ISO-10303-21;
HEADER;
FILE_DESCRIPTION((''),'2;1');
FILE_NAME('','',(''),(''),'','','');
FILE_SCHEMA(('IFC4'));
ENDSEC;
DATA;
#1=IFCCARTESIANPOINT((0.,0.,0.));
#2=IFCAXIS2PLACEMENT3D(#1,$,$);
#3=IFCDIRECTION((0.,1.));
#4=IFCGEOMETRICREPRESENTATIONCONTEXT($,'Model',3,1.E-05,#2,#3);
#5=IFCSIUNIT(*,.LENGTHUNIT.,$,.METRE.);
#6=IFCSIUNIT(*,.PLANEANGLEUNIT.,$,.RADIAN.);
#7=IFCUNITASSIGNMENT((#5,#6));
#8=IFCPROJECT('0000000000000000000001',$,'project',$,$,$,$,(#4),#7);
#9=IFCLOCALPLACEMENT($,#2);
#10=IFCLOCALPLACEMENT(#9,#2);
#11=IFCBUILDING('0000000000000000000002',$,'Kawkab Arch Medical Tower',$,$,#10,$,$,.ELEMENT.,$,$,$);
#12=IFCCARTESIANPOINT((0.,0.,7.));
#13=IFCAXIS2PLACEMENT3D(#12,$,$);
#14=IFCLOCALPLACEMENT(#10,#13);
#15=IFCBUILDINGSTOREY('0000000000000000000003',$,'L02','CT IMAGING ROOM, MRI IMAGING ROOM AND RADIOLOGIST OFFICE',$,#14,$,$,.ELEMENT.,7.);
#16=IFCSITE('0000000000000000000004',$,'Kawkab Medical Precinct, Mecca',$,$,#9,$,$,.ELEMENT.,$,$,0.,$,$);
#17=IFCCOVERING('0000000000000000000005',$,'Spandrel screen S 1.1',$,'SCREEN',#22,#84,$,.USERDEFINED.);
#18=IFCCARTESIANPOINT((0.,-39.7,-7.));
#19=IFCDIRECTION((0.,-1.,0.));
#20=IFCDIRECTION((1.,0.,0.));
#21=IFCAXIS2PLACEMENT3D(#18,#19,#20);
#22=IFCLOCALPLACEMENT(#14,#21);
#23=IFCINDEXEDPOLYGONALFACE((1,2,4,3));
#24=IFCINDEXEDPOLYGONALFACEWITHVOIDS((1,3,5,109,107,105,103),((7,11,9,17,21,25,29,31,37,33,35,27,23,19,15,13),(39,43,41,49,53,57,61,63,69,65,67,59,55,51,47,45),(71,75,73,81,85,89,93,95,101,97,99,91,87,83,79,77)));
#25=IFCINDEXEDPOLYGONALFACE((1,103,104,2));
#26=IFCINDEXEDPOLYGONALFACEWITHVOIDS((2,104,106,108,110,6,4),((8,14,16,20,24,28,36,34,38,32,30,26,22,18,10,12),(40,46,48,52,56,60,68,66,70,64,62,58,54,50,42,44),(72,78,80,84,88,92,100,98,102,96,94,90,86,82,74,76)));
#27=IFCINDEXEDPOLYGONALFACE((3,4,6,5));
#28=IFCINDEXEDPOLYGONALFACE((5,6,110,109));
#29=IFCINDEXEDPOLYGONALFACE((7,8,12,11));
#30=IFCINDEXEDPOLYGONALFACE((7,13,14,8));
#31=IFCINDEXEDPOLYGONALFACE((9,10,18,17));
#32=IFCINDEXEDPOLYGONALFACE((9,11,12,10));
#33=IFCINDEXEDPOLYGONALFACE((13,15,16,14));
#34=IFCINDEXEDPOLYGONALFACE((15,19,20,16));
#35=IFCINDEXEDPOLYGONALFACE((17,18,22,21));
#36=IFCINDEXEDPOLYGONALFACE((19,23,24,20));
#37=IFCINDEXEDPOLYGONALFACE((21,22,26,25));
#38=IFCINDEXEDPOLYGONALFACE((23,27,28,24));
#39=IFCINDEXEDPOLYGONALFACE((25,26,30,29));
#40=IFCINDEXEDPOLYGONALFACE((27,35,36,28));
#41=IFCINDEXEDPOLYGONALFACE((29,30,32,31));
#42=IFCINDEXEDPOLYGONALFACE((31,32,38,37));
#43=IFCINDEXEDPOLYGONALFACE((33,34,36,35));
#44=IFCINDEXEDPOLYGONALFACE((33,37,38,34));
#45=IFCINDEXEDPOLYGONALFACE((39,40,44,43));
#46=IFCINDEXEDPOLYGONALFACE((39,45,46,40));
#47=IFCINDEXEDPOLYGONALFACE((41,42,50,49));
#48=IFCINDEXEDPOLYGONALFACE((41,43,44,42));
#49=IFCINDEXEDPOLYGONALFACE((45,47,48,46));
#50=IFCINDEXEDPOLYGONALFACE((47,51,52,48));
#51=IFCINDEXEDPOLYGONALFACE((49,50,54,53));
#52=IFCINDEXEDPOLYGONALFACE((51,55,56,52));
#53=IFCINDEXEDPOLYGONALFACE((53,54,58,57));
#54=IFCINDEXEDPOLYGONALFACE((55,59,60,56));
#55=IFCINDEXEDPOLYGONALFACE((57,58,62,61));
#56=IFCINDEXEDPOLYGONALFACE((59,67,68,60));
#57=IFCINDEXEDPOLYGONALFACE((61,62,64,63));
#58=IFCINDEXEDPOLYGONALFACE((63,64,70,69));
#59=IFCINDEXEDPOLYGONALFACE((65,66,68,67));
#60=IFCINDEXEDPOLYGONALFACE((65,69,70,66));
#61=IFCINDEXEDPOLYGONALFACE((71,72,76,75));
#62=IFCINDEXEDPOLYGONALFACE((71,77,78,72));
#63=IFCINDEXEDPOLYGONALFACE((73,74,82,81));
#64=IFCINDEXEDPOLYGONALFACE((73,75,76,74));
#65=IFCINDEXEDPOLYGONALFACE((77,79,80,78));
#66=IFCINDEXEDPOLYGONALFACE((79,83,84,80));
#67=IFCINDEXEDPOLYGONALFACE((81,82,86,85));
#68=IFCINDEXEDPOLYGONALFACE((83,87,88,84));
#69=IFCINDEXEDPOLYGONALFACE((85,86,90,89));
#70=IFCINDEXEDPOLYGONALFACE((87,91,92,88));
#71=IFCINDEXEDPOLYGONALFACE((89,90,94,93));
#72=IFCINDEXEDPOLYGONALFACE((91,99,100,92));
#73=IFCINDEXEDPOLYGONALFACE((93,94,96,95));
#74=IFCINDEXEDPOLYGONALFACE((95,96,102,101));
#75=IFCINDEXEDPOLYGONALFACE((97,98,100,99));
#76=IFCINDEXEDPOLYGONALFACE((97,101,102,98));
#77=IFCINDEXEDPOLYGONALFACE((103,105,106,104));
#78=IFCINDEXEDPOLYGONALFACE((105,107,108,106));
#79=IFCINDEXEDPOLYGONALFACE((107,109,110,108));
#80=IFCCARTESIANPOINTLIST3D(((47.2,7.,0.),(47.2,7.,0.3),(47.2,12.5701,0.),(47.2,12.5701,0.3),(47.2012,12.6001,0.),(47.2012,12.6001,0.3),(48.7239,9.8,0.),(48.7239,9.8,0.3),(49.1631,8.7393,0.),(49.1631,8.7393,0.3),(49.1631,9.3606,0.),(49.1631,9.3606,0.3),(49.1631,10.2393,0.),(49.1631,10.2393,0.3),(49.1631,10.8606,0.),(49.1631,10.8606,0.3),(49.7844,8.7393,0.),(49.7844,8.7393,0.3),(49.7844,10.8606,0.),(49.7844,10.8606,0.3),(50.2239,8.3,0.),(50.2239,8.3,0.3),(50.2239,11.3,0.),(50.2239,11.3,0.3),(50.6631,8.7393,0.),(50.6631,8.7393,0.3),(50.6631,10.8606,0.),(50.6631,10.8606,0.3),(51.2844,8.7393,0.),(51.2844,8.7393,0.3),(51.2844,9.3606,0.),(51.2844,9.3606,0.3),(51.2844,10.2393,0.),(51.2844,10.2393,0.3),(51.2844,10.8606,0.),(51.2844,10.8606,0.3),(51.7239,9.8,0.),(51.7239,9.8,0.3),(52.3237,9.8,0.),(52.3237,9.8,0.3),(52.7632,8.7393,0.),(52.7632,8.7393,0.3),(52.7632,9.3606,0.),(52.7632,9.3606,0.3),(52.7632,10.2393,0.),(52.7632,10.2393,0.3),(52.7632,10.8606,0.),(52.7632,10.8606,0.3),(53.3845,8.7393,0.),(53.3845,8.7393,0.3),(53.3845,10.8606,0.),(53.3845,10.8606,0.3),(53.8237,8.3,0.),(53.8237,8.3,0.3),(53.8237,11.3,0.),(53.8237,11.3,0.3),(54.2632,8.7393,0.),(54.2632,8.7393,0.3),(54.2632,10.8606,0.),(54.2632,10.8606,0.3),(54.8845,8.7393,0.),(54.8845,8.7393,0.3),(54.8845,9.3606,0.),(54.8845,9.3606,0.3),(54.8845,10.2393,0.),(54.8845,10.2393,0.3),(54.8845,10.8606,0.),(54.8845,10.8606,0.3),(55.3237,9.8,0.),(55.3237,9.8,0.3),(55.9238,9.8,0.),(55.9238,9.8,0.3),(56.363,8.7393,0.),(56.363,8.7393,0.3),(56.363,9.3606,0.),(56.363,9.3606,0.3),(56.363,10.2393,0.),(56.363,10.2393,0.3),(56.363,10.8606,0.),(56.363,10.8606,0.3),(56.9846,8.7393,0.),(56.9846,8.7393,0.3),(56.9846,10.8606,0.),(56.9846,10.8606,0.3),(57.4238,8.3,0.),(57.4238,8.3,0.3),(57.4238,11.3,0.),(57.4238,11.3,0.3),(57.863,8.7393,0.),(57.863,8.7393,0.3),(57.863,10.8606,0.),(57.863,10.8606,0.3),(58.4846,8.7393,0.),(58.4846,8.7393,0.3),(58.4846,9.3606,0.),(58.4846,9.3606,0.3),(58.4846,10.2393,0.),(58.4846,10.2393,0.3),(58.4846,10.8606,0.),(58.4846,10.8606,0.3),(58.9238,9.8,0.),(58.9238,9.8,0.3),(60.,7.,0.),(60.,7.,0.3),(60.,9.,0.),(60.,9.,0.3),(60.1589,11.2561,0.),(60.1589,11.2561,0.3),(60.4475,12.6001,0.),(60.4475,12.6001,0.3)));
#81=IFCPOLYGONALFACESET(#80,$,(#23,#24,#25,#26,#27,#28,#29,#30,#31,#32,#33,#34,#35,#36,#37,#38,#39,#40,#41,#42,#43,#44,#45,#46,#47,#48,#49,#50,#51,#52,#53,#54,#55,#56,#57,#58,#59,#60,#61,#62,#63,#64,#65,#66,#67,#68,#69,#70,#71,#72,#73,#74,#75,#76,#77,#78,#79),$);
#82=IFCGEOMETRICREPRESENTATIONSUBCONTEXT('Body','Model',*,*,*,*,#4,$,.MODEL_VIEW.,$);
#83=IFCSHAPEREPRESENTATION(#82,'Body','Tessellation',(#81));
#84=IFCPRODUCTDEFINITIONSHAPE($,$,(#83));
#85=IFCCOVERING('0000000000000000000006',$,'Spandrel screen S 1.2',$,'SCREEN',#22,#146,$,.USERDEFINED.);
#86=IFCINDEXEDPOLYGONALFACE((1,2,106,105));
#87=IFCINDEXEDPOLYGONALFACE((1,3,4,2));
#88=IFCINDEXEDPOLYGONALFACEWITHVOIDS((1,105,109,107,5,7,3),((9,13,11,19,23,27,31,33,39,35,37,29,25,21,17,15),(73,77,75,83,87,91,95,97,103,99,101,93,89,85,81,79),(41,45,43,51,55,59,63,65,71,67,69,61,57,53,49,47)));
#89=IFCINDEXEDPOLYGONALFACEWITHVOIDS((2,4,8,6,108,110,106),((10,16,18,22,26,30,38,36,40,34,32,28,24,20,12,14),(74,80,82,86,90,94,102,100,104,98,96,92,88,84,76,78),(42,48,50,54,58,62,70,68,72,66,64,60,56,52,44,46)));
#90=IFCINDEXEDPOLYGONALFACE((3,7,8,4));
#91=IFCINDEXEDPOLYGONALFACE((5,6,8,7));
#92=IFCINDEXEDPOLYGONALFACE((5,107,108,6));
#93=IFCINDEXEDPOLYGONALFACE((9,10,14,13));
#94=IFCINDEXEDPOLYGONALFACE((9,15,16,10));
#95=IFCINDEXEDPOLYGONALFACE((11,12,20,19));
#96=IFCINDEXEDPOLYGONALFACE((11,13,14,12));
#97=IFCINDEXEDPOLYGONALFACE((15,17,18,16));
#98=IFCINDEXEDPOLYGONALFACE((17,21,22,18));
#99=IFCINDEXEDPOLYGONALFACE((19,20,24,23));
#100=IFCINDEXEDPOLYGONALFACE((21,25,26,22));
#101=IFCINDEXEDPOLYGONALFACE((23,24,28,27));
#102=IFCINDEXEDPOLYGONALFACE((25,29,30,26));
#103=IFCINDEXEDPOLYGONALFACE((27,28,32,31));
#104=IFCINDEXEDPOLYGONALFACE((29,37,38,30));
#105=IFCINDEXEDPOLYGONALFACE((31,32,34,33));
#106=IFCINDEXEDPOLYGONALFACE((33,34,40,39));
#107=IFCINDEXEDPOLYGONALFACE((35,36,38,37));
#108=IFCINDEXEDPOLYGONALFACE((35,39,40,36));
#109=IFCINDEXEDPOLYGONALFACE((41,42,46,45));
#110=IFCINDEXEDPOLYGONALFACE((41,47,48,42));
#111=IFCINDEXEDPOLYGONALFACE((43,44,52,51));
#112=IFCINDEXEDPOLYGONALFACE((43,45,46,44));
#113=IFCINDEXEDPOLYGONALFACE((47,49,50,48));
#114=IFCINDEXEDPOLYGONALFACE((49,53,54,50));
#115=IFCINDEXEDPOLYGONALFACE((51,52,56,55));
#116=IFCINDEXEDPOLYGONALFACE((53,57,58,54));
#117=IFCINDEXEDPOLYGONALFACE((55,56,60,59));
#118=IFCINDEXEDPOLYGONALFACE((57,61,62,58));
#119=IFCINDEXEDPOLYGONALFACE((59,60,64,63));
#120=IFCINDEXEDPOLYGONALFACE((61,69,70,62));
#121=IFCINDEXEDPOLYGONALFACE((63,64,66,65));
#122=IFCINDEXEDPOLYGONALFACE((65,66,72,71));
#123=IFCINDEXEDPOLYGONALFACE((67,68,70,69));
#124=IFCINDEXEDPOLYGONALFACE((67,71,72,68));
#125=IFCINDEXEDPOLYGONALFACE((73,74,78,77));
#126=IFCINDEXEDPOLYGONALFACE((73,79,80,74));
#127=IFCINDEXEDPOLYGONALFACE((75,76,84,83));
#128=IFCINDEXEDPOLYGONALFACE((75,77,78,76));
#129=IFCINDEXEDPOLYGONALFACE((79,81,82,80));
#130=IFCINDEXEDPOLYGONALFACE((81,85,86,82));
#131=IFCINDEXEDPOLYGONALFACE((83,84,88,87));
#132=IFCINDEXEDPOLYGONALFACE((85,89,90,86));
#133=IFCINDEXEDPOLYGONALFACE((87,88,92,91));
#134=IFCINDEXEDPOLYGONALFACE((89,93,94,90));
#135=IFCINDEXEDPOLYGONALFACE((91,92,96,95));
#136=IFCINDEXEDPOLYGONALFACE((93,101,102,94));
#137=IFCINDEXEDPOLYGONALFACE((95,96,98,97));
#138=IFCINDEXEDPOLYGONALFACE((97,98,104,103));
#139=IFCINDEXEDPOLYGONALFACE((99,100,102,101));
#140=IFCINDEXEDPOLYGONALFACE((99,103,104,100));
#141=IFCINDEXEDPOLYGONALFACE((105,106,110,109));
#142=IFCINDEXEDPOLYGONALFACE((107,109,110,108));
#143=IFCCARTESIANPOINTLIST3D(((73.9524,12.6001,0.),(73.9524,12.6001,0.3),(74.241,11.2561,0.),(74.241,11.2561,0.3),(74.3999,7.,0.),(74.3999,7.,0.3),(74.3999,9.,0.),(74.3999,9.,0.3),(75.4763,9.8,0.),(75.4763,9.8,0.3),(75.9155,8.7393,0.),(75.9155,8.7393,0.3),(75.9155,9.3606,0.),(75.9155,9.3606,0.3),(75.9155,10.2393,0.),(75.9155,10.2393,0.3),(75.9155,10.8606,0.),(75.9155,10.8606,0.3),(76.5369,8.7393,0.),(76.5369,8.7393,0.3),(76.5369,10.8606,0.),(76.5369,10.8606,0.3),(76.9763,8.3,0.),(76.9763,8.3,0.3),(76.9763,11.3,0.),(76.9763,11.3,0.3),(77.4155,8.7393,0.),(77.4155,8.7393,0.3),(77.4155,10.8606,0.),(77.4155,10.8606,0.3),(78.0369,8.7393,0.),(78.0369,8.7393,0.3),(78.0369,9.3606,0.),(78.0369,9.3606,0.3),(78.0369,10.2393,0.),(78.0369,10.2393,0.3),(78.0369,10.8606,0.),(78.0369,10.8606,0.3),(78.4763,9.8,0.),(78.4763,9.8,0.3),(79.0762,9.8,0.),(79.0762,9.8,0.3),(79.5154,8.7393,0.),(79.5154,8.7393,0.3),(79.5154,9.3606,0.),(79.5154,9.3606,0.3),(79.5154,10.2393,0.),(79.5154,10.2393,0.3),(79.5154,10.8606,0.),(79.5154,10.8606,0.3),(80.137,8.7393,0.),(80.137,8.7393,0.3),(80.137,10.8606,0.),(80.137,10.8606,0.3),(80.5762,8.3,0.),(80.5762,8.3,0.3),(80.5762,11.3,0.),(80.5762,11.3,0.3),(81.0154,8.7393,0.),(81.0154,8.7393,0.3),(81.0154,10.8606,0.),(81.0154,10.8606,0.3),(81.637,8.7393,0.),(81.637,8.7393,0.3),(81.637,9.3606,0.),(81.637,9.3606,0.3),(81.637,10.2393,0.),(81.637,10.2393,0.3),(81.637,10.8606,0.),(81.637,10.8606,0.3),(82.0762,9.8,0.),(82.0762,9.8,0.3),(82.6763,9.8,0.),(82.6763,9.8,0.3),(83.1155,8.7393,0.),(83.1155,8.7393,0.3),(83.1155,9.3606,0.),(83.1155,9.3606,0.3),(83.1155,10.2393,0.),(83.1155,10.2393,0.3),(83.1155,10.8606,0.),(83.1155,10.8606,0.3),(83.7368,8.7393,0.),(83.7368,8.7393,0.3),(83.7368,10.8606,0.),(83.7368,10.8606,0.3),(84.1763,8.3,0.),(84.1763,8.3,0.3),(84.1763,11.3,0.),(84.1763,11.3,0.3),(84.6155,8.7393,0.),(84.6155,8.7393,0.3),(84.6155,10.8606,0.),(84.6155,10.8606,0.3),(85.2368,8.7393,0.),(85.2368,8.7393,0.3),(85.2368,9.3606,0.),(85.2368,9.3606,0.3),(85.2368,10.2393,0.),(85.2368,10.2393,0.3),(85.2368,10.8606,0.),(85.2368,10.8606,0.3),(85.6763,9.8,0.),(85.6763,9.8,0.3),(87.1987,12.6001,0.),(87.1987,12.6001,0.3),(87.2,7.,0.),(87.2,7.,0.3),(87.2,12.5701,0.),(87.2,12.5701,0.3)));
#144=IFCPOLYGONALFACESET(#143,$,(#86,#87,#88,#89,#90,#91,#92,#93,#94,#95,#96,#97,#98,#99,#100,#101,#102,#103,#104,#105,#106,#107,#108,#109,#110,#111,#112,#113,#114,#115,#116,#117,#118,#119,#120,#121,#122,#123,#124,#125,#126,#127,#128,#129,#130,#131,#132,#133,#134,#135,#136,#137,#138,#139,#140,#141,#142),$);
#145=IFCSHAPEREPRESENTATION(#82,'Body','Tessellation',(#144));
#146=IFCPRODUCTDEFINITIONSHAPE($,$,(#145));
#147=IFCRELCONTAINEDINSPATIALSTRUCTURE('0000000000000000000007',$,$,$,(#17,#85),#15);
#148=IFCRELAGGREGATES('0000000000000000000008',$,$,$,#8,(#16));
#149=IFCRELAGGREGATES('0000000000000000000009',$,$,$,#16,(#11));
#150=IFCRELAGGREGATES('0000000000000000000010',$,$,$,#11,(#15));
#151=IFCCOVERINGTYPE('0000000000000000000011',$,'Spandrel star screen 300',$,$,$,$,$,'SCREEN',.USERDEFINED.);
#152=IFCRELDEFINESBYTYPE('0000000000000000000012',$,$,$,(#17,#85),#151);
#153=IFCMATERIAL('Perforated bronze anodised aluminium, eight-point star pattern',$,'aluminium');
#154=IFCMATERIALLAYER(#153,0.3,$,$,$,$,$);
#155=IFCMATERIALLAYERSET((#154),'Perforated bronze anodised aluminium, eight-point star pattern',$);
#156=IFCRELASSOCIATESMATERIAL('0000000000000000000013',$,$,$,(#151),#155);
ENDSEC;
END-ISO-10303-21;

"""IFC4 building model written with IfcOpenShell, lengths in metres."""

from ifc_helpers import new_model, si_unit, direction, frame, origin, place, context, subcontext, project, spatial, polyline, outline, extrude, material, layer, layer_set, type_object, element, save


model = new_model("IFC4")

# Units and contexts
model_context = context("Model", 3, precision=1e-05, world=origin(), true_north=direction((0.0, 1.0)))
body_context = subcontext(model_context, "Body", "Model", "MODEL_VIEW")
ifc_project = project(units=[si_unit("LENGTHUNIT", "METRE"), si_unit("PLANEANGLEUNIT", "RADIAN")], contexts=[model_context])

# Site, building, storey
site_placement = place(None, origin())
site = spatial("IfcSite", under=ifc_project, at=site_placement, Name="Kawkab Medical Precinct, Mecca", CompositionType="ELEMENT", RefElevation=0.0)
building_placement = place(site_placement, origin())
building = spatial("IfcBuilding", under=site, at=building_placement, Name="Kawkab Arch Medical Tower", CompositionType="ELEMENT")
storey_placement = place(building_placement, frame((0.0, 0.0, 7.0)))
storey = spatial("IfcBuildingStorey", under=building, at=storey_placement, Name="L02", Description="CT IMAGING ROOM, MRI IMAGING ROOM AND RADIOLOGIST OFFICE", CompositionType="ELEMENT", Elevation=7.0)

# Coverings
ifc_material_1 = material(Name="Perforated bronze anodised aluminium, eight-point star pattern", Category="aluminium")
ifc_layer_1 = layer(ifc_material_1, 0.3)
ifc_layer_set_1 = layer_set([ifc_layer_1], Name="Perforated bronze anodised aluminium, eight-point star pattern")
covering_type = type_object("IfcCoveringType", Name="Spandrel star screen 300", ElementType="SCREEN", PredefinedType="USERDEFINED", material=ifc_layer_set_1)
placement = place(storey_placement, frame((0.0, -39.7, -7.0), z_axis=(0.0, -1.0, 0.0), x_axis=(1.0, 0.0, 0.0)))
element("IfcCovering", 1, at=placement, inside=storey, type_object=covering_type, Name="Spandrel screen S 1.1", ObjectType="SCREEN", PredefinedType="USERDEFINED", context=body_context, shape_type="SweptSolid", body=[
    extrude(outline(polyline([(47.2, 12.5701), (47.2, 7.0), (60.0, 7.0), (60.0, 9.0), (60.1589, 11.2561), (60.4475, 12.6001), (47.2012, 12.6001), (47.2, 12.5701)]), holes=[polyline([(51.7239, 9.8), (51.2844, 10.2393), (51.2844, 10.8606), (50.6631, 10.8606), (50.2239, 11.3), (49.7844, 10.8606), (49.1631, 10.8606), (49.1631, 10.2393), (48.7239, 9.8), (49.1631, 9.3606), (49.1631, 8.7393), (49.7844, 8.7393), (50.2239, 8.3), (50.6631, 8.7393), (51.2844, 8.7393), (51.2844, 9.3606), (51.7239, 9.8)]), polyline([(55.3237, 9.8), (54.8845, 10.2393), (54.8845, 10.8606), (54.2632, 10.8606), (53.8237, 11.3), (53.3845, 10.8606), (52.7632, 10.8606), (52.7632, 10.2393), (52.3237, 9.8), (52.7632, 9.3606), (52.7632, 8.7393), (53.3845, 8.7393), (53.8237, 8.3), (54.2632, 8.7393), (54.8845, 8.7393), (54.8845, 9.3606), (55.3237, 9.8)]), polyline([(58.9238, 9.8), (58.4846, 10.2393), (58.4846, 10.8606), (57.863, 10.8606), (57.4238, 11.3), (56.9846, 10.8606), (56.363, 10.8606), (56.363, 10.2393), (55.9238, 9.8), (56.363, 9.3606), (56.363, 8.7393), (56.9846, 8.7393), (57.4238, 8.3), (57.863, 8.7393), (58.4846, 8.7393), (58.4846, 9.3606), (58.9238, 9.8)])]), origin(), (0.0, 0.0, 1.0), 0.3),
])
element("IfcCovering", 2, at=placement, inside=storey, type_object=covering_type, Name="Spandrel screen S 1.2", ObjectType="SCREEN", PredefinedType="USERDEFINED", context=body_context, shape_type="SweptSolid", body=[
    extrude(outline(polyline([(87.1987, 12.6001), (73.9524, 12.6001), (74.241, 11.2561), (74.3999, 9.0), (74.3999, 7.0), (87.2, 7.0), (87.2, 12.5701), (87.1987, 12.6001)]), holes=[polyline([(78.4763, 9.8), (78.0369, 10.2393), (78.0369, 10.8606), (77.4155, 10.8606), (76.9763, 11.3), (76.5369, 10.8606), (75.9155, 10.8606), (75.9155, 10.2393), (75.4763, 9.8), (75.9155, 9.3606), (75.9155, 8.7393), (76.5369, 8.7393), (76.9763, 8.3), (77.4155, 8.7393), (78.0369, 8.7393), (78.0369, 9.3606), (78.4763, 9.8)]), polyline([(82.0762, 9.8), (81.637, 10.2393), (81.637, 10.8606), (81.0154, 10.8606), (80.5762, 11.3), (80.137, 10.8606), (79.5154, 10.8606), (79.5154, 10.2393), (79.0762, 9.8), (79.5154, 9.3606), (79.5154, 8.7393), (80.137, 8.7393), (80.5762, 8.3), (81.0154, 8.7393), (81.637, 8.7393), (81.637, 9.3606), (82.0762, 9.8)]), polyline([(85.6763, 9.8), (85.2368, 10.2393), (85.2368, 10.8606), (84.6155, 10.8606), (84.1763, 11.3), (83.7368, 10.8606), (83.1155, 10.8606), (83.1155, 10.2393), (82.6763, 9.8), (83.1155, 9.3606), (83.1155, 8.7393), (83.7368, 8.7393), (84.1763, 8.3), (84.6155, 8.7393), (85.2368, 8.7393), (85.2368, 9.3606), (85.6763, 9.8)])]), origin(), (0.0, 0.0, 1.0), 0.3),
])

save(model, "model.ifc")
